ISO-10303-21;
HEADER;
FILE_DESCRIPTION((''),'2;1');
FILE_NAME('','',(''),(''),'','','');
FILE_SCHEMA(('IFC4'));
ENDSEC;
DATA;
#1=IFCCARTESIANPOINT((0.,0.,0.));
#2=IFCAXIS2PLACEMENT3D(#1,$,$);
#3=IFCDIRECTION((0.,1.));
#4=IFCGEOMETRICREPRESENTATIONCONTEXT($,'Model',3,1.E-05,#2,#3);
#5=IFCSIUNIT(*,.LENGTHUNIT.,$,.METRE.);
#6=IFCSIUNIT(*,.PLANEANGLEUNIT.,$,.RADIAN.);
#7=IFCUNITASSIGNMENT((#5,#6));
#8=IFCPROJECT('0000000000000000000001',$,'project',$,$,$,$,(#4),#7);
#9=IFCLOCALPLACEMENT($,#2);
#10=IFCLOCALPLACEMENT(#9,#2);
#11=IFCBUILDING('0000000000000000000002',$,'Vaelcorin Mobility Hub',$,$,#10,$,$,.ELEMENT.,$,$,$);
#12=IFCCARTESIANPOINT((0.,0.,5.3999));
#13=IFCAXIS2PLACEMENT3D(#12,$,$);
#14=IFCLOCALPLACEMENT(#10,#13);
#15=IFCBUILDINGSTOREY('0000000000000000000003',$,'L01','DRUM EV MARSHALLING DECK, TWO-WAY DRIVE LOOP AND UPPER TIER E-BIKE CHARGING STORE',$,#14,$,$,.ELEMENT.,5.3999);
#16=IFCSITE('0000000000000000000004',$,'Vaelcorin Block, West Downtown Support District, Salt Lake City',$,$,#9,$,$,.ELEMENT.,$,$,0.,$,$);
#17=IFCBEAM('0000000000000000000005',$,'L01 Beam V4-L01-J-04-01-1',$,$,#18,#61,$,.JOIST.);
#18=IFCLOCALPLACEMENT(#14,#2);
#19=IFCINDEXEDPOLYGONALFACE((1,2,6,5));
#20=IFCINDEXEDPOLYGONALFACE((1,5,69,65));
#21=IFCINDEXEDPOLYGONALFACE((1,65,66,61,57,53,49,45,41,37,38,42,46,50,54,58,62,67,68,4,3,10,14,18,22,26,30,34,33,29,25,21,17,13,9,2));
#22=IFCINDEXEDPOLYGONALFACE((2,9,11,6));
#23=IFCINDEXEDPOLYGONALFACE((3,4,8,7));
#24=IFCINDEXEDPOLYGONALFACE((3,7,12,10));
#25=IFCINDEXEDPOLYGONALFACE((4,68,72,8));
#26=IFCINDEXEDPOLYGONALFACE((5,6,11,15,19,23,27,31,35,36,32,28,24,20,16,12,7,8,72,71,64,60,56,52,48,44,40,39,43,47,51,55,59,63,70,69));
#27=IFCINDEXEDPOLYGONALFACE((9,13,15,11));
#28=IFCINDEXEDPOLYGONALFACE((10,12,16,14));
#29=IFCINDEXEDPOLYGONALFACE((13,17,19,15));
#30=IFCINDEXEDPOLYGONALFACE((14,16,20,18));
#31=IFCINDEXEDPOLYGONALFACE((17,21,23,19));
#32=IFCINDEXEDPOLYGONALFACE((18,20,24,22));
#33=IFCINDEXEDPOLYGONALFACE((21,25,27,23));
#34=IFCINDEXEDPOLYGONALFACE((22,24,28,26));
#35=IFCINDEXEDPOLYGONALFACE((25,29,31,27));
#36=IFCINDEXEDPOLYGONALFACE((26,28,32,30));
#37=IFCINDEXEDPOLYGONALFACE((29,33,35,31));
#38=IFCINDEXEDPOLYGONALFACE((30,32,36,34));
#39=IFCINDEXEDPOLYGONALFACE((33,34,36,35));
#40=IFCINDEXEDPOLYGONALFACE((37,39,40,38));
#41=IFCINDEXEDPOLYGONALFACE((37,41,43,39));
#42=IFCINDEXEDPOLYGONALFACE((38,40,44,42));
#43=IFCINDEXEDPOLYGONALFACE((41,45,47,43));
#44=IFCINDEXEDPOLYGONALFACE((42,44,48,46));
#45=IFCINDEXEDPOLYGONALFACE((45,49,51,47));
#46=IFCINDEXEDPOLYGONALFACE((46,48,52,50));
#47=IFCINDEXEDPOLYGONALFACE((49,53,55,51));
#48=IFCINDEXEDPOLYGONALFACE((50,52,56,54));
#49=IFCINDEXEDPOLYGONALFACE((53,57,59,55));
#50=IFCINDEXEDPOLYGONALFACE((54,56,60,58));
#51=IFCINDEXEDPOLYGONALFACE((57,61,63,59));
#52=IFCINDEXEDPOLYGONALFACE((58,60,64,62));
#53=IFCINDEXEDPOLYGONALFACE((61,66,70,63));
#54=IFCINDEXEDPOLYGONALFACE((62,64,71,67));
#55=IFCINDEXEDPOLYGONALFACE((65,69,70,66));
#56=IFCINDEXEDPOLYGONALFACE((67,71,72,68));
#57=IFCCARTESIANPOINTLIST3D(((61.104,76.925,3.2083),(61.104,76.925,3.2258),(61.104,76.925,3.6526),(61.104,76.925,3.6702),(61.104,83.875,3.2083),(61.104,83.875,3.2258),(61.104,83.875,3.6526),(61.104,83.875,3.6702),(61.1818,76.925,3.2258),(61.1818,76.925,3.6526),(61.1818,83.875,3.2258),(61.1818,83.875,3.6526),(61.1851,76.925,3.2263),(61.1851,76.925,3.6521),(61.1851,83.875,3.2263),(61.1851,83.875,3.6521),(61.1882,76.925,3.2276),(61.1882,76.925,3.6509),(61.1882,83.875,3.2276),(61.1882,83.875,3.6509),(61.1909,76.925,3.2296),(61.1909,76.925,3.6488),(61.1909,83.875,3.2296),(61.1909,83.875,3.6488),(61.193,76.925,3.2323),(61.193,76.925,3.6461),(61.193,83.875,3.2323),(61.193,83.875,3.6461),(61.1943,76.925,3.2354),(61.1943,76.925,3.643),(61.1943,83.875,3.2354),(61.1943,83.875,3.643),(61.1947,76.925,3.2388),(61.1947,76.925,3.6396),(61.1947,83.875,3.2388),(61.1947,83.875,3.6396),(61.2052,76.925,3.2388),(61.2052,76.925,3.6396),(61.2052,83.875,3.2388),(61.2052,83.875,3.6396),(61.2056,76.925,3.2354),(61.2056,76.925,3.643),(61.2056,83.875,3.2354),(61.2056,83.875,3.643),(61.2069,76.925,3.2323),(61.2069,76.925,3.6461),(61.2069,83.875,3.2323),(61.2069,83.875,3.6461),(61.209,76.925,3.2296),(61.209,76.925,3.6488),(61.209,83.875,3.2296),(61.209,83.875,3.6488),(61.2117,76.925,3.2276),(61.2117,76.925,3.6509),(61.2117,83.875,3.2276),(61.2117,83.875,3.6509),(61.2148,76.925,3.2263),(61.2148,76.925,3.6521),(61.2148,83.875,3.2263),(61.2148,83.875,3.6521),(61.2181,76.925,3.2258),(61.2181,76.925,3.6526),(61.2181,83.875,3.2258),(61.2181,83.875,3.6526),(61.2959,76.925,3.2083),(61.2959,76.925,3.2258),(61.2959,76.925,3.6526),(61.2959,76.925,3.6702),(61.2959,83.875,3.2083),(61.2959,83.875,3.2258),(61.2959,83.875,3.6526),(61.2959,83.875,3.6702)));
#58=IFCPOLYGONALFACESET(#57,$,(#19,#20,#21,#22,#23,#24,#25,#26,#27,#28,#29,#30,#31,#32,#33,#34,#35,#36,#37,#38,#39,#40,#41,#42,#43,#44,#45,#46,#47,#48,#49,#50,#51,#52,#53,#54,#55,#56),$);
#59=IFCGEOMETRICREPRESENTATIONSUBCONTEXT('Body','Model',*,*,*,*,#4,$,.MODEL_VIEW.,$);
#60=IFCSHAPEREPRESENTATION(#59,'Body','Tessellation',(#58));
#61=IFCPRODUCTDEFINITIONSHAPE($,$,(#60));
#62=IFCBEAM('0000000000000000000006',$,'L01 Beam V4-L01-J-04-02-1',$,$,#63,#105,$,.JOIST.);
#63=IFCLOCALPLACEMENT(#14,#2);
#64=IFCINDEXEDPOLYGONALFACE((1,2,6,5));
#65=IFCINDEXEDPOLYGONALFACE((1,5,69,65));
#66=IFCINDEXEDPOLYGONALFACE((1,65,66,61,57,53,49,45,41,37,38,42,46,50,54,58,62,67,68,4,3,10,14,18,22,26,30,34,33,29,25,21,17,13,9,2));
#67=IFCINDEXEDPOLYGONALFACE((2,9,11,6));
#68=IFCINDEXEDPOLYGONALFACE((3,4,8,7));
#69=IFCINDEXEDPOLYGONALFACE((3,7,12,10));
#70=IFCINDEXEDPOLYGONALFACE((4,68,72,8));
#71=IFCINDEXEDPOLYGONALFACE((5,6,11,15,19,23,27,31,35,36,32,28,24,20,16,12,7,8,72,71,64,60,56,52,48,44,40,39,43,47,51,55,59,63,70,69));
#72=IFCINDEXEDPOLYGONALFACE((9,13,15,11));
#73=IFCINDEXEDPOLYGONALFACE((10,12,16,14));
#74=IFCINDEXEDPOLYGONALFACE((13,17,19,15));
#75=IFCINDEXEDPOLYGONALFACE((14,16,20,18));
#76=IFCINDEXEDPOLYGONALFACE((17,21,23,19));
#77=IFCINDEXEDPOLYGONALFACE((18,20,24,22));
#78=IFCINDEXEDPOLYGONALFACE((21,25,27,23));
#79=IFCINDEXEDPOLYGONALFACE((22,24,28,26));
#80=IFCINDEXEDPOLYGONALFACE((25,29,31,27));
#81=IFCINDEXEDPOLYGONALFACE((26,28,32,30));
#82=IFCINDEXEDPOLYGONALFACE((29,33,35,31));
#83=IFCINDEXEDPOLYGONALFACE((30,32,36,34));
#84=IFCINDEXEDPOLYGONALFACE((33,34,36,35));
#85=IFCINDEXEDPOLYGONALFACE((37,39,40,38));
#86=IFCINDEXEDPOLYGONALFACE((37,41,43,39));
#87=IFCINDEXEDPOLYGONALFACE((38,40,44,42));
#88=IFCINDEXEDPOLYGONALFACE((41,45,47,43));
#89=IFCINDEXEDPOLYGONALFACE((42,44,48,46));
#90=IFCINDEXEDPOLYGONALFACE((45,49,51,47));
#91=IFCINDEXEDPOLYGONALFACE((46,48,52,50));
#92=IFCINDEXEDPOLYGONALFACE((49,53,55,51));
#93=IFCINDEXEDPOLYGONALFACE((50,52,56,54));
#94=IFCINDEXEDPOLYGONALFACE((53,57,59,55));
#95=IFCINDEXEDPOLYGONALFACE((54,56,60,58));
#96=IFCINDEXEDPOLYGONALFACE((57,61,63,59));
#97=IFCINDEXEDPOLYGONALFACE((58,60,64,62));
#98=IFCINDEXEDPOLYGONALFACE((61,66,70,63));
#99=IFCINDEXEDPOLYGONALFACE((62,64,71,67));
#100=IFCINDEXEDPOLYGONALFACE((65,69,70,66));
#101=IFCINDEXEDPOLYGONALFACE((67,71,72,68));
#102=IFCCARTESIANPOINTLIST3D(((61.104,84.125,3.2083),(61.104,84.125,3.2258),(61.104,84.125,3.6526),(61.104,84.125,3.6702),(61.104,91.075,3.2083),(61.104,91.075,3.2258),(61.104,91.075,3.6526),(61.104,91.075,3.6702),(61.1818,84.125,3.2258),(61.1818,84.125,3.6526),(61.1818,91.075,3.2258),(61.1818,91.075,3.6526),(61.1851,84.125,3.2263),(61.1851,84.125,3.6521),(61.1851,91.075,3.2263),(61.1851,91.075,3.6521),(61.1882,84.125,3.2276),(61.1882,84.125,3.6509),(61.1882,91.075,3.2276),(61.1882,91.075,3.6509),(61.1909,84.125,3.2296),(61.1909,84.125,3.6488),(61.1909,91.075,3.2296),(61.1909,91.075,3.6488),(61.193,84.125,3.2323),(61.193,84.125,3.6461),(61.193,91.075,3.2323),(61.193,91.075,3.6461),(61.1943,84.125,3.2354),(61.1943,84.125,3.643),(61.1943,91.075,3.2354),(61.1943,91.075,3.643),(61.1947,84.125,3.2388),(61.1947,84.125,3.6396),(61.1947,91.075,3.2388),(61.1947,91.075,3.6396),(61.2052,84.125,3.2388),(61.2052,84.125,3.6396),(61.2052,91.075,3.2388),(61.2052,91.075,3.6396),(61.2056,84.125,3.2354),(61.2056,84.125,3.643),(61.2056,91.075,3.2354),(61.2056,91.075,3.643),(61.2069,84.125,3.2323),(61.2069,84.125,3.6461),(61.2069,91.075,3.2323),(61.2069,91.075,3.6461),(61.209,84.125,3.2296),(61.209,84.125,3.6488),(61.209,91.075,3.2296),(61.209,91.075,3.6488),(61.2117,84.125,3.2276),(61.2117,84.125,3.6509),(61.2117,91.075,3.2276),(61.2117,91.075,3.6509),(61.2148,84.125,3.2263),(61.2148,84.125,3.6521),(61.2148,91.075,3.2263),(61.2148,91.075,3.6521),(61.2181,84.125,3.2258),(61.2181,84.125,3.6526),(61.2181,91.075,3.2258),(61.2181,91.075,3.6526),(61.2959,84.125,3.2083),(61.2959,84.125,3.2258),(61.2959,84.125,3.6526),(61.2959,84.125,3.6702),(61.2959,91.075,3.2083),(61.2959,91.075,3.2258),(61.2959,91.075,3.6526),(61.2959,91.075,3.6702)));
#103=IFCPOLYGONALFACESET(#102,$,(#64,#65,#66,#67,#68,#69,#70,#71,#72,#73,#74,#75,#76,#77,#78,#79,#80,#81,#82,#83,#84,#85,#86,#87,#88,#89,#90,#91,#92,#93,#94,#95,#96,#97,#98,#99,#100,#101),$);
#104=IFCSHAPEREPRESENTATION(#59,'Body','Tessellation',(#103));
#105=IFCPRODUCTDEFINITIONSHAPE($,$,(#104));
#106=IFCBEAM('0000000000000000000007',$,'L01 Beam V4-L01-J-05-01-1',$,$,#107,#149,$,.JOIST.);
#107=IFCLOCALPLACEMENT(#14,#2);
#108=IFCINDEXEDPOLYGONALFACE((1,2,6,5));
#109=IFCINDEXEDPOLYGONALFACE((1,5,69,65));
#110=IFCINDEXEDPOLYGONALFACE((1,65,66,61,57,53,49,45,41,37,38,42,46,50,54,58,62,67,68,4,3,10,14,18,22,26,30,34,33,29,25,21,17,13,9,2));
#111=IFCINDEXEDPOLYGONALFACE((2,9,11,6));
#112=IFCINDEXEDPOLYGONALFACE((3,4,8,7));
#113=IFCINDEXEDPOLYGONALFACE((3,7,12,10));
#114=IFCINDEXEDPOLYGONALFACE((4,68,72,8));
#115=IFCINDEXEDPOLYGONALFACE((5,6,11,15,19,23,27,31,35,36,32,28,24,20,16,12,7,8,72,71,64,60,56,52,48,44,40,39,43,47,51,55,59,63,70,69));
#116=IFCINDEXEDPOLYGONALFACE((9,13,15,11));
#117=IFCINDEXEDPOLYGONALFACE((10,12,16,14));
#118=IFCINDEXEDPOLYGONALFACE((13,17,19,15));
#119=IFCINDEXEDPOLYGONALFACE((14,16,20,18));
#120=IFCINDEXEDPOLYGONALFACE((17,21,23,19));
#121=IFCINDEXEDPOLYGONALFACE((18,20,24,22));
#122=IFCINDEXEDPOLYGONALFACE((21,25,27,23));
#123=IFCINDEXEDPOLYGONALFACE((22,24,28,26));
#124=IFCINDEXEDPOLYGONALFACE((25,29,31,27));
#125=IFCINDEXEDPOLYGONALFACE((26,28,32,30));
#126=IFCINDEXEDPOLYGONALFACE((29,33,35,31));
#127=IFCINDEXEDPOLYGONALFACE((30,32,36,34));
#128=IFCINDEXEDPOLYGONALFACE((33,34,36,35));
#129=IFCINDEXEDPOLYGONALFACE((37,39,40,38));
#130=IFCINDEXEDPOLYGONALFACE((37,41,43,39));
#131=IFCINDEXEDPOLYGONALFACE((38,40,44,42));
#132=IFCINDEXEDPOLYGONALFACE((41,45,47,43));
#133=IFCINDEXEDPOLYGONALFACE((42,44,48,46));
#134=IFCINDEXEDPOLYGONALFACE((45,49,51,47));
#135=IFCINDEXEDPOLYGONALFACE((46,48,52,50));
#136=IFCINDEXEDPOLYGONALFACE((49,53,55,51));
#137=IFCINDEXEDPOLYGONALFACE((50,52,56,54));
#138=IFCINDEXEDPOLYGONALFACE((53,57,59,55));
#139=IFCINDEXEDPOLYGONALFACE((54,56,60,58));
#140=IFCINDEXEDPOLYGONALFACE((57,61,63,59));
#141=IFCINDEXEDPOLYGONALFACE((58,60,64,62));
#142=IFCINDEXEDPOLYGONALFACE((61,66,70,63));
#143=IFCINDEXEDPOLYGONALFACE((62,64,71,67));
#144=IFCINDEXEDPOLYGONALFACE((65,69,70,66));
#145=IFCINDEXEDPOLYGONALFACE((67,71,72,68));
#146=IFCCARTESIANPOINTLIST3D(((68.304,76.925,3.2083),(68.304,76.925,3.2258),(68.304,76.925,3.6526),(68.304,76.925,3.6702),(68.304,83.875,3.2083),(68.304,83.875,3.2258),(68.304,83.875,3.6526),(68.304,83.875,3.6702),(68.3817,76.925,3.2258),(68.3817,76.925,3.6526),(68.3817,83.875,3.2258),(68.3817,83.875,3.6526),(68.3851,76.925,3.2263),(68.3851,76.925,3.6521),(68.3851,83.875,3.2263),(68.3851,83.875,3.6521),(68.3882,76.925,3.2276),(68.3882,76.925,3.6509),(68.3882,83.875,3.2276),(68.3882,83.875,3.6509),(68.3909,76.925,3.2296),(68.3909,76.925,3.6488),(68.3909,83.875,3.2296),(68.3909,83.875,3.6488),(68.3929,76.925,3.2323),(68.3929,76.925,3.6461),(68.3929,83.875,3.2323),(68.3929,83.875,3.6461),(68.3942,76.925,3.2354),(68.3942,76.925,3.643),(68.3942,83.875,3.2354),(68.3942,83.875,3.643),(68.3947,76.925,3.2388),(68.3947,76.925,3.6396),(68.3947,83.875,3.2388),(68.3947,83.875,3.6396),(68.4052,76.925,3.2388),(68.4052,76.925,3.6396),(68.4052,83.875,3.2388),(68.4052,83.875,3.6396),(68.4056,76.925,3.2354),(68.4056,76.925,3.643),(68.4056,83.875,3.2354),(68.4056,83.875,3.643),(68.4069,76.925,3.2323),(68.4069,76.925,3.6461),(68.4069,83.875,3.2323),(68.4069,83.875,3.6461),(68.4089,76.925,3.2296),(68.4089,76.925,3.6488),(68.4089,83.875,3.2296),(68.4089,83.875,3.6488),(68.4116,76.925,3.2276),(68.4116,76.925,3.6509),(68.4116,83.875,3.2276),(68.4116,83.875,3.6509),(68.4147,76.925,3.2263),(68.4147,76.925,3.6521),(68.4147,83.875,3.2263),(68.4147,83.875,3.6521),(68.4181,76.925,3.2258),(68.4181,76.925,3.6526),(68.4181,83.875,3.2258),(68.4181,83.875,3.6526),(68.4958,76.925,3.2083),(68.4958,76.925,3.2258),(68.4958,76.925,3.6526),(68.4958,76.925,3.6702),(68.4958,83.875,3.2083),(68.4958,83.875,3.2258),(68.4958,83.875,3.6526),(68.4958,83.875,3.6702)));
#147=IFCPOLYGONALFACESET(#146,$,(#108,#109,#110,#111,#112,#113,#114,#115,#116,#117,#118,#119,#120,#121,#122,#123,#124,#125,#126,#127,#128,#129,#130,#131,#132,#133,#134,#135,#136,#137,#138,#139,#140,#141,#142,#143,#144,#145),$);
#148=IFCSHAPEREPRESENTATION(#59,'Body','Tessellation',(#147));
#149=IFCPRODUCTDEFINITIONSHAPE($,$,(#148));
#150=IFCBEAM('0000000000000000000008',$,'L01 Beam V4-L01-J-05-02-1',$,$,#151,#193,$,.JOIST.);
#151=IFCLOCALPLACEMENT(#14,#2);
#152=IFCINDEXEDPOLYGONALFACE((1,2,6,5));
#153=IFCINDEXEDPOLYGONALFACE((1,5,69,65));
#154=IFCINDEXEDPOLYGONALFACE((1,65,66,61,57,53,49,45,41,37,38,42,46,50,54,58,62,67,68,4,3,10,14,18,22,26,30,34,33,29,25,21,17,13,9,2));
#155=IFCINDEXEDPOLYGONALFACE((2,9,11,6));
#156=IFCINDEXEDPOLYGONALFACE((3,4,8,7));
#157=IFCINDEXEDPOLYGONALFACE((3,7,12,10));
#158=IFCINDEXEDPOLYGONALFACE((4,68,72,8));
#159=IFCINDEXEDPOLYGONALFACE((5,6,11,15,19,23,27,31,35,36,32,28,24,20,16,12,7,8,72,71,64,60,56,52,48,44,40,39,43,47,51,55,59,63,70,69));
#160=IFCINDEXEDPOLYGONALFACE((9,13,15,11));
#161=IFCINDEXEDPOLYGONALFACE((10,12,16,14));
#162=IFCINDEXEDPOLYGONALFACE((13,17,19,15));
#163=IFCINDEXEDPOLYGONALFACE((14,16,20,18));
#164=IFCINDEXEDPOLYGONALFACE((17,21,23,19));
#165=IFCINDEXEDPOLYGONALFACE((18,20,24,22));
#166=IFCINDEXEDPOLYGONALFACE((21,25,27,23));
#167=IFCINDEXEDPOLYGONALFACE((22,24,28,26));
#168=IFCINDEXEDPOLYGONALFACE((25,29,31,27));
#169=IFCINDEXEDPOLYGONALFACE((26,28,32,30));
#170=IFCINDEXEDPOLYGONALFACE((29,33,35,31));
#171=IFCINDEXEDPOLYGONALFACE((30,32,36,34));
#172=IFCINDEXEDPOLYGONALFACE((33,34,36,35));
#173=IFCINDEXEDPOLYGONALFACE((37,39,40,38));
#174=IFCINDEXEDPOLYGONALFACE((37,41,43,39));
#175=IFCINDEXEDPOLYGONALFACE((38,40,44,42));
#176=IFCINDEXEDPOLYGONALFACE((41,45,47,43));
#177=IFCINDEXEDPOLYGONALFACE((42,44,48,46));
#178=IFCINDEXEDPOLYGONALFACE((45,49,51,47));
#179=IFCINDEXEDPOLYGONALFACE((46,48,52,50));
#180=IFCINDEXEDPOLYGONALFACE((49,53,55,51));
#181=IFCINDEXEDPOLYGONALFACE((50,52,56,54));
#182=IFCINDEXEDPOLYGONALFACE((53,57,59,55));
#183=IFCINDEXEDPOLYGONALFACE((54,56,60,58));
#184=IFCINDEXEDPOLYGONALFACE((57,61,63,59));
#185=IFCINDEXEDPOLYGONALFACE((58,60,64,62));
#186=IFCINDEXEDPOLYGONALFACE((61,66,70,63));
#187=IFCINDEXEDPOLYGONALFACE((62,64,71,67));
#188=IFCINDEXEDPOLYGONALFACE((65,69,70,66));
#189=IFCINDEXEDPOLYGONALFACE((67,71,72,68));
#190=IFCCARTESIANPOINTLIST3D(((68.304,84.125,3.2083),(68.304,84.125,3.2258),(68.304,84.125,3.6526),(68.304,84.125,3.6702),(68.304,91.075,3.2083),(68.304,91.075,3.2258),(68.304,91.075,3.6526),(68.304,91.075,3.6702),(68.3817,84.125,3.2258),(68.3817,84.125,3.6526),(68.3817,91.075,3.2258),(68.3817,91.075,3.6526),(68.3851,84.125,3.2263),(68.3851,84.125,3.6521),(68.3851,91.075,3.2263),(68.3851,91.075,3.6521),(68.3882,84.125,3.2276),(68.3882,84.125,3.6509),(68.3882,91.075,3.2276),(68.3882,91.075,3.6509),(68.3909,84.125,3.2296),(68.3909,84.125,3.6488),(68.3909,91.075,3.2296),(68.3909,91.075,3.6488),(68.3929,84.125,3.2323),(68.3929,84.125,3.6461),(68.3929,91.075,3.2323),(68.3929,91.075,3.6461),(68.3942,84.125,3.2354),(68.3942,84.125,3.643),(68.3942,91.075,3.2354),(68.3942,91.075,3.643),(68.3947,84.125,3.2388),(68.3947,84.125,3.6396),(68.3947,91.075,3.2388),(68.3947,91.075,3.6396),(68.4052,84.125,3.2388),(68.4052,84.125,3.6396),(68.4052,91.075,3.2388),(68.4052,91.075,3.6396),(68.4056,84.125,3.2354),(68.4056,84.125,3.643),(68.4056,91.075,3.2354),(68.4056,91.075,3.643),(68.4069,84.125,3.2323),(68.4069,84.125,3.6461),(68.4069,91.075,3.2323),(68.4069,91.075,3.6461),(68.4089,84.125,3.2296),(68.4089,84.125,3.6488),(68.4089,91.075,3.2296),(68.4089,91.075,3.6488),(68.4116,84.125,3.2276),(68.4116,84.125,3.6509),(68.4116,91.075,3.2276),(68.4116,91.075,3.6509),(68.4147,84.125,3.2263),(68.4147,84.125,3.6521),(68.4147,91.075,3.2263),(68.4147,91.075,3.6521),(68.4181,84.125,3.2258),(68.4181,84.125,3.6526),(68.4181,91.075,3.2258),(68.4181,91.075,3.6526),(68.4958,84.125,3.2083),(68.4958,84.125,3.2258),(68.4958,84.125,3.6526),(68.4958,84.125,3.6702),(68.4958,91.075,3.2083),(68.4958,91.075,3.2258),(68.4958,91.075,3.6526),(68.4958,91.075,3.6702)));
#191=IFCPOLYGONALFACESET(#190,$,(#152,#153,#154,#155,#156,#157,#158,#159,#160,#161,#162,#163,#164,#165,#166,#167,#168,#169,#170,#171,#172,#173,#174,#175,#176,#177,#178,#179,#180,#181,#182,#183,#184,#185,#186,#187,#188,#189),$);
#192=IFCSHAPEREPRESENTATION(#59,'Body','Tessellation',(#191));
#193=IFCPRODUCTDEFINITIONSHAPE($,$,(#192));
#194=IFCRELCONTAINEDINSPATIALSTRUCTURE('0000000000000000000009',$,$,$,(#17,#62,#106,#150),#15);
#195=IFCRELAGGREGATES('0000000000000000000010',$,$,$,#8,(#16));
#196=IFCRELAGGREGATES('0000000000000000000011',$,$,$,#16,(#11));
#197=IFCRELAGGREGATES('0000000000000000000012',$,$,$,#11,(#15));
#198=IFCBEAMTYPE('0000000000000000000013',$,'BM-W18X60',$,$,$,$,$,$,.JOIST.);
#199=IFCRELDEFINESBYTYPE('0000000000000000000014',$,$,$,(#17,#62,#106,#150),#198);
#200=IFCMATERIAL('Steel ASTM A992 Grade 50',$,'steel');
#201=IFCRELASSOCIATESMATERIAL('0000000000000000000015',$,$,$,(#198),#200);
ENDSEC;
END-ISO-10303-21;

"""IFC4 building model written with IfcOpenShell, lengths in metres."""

from ifc_helpers import new_model, si_unit, direction, frame, origin, origin_2d, place, context, subcontext, project, spatial, i_section, extrude, material, material_profile, profile_set, type_object, element, save


model = new_model("IFC4")

# Units and contexts
model_context = context("Model", 3, precision=1e-05, world=origin(), true_north=direction((0.0, 1.0)))
body_context = subcontext(model_context, "Body", "Model", "MODEL_VIEW")
ifc_project = project(units=[si_unit("LENGTHUNIT", "METRE"), si_unit("PLANEANGLEUNIT", "RADIAN")], contexts=[model_context])

# Site, building, storey
site_placement = place(None, origin())
site = spatial("IfcSite", under=ifc_project, at=site_placement, Name="Vaelcorin Block, West Downtown Support District, Salt Lake City", CompositionType="ELEMENT", RefElevation=0.0)
building_placement = place(site_placement, origin())
building = spatial("IfcBuilding", under=site, at=building_placement, Name="Vaelcorin Mobility Hub", CompositionType="ELEMENT")
storey_placement = place(building_placement, frame((0.0, 0.0, 5.3999)))
storey = spatial("IfcBuildingStorey", under=building, at=storey_placement, Name="L01", Description="DRUM EV MARSHALLING DECK, TWO-WAY DRIVE LOOP AND UPPER TIER E-BIKE CHARGING STORE", CompositionType="ELEMENT", Elevation=5.3999)

# Shared definitions
ifc_material_1 = material(Name="Steel ASTM A992 Grade 50", Category="steel")

# Beams
ifc_material_profile_1 = material_profile(ifc_material_1, i_section(OverallWidth=0.1919, OverallDepth=0.4619, WebThickness=0.0105, FlangeThickness=0.0176, FilletRadius=0.0129, at=origin_2d()), Name="W18X60")
ifc_profile_set_1 = profile_set([ifc_material_profile_1], Name="Steel ASTM A992 Grade 50")
beam_type_1 = type_object("IfcBeamType", Name="BM-W18X60", PredefinedType="JOIST", material=ifc_profile_set_1)
for number, where, z_axis, x_axis, name in (
    (1, (61.2, 76.925, 3.4392), (0.0, 1.0, 0.0), (-1.0, 0.0, 0.0), "L01 Beam V4-L01-J-04-01-1"),
    (2, (61.2, 84.125, 3.4392), (0.0, 1.0, 0.0), (-1.0, 0.0, 0.0), "L01 Beam V4-L01-J-04-02-1"),
    (3, (68.3999, 76.925, 3.4392), (0.0, 1.0, 0.0), (-1.0, 0.0, 0.0), "L01 Beam V4-L01-J-05-01-1"),
    (4, (68.3999, 84.125, 3.4392), (0.0, 1.0, 0.0), (-1.0, 0.0, 0.0), "L01 Beam V4-L01-J-05-02-1"),
):
    element("IfcBeam", number, at=place(storey_placement, frame(where, z_axis=z_axis, x_axis=x_axis)), inside=storey, type_object=beam_type_1, Name=name, PredefinedType="JOIST", context=body_context, shape_type="SweptSolid", body=[
        extrude(i_section(OverallWidth=0.1919, OverallDepth=0.4619, WebThickness=0.0105, FlangeThickness=0.0176, FilletRadius=0.0129, at=origin_2d()), origin(), (0.0, 0.0, 1.0), 6.95),
    ])

save(model, "model.ifc")
